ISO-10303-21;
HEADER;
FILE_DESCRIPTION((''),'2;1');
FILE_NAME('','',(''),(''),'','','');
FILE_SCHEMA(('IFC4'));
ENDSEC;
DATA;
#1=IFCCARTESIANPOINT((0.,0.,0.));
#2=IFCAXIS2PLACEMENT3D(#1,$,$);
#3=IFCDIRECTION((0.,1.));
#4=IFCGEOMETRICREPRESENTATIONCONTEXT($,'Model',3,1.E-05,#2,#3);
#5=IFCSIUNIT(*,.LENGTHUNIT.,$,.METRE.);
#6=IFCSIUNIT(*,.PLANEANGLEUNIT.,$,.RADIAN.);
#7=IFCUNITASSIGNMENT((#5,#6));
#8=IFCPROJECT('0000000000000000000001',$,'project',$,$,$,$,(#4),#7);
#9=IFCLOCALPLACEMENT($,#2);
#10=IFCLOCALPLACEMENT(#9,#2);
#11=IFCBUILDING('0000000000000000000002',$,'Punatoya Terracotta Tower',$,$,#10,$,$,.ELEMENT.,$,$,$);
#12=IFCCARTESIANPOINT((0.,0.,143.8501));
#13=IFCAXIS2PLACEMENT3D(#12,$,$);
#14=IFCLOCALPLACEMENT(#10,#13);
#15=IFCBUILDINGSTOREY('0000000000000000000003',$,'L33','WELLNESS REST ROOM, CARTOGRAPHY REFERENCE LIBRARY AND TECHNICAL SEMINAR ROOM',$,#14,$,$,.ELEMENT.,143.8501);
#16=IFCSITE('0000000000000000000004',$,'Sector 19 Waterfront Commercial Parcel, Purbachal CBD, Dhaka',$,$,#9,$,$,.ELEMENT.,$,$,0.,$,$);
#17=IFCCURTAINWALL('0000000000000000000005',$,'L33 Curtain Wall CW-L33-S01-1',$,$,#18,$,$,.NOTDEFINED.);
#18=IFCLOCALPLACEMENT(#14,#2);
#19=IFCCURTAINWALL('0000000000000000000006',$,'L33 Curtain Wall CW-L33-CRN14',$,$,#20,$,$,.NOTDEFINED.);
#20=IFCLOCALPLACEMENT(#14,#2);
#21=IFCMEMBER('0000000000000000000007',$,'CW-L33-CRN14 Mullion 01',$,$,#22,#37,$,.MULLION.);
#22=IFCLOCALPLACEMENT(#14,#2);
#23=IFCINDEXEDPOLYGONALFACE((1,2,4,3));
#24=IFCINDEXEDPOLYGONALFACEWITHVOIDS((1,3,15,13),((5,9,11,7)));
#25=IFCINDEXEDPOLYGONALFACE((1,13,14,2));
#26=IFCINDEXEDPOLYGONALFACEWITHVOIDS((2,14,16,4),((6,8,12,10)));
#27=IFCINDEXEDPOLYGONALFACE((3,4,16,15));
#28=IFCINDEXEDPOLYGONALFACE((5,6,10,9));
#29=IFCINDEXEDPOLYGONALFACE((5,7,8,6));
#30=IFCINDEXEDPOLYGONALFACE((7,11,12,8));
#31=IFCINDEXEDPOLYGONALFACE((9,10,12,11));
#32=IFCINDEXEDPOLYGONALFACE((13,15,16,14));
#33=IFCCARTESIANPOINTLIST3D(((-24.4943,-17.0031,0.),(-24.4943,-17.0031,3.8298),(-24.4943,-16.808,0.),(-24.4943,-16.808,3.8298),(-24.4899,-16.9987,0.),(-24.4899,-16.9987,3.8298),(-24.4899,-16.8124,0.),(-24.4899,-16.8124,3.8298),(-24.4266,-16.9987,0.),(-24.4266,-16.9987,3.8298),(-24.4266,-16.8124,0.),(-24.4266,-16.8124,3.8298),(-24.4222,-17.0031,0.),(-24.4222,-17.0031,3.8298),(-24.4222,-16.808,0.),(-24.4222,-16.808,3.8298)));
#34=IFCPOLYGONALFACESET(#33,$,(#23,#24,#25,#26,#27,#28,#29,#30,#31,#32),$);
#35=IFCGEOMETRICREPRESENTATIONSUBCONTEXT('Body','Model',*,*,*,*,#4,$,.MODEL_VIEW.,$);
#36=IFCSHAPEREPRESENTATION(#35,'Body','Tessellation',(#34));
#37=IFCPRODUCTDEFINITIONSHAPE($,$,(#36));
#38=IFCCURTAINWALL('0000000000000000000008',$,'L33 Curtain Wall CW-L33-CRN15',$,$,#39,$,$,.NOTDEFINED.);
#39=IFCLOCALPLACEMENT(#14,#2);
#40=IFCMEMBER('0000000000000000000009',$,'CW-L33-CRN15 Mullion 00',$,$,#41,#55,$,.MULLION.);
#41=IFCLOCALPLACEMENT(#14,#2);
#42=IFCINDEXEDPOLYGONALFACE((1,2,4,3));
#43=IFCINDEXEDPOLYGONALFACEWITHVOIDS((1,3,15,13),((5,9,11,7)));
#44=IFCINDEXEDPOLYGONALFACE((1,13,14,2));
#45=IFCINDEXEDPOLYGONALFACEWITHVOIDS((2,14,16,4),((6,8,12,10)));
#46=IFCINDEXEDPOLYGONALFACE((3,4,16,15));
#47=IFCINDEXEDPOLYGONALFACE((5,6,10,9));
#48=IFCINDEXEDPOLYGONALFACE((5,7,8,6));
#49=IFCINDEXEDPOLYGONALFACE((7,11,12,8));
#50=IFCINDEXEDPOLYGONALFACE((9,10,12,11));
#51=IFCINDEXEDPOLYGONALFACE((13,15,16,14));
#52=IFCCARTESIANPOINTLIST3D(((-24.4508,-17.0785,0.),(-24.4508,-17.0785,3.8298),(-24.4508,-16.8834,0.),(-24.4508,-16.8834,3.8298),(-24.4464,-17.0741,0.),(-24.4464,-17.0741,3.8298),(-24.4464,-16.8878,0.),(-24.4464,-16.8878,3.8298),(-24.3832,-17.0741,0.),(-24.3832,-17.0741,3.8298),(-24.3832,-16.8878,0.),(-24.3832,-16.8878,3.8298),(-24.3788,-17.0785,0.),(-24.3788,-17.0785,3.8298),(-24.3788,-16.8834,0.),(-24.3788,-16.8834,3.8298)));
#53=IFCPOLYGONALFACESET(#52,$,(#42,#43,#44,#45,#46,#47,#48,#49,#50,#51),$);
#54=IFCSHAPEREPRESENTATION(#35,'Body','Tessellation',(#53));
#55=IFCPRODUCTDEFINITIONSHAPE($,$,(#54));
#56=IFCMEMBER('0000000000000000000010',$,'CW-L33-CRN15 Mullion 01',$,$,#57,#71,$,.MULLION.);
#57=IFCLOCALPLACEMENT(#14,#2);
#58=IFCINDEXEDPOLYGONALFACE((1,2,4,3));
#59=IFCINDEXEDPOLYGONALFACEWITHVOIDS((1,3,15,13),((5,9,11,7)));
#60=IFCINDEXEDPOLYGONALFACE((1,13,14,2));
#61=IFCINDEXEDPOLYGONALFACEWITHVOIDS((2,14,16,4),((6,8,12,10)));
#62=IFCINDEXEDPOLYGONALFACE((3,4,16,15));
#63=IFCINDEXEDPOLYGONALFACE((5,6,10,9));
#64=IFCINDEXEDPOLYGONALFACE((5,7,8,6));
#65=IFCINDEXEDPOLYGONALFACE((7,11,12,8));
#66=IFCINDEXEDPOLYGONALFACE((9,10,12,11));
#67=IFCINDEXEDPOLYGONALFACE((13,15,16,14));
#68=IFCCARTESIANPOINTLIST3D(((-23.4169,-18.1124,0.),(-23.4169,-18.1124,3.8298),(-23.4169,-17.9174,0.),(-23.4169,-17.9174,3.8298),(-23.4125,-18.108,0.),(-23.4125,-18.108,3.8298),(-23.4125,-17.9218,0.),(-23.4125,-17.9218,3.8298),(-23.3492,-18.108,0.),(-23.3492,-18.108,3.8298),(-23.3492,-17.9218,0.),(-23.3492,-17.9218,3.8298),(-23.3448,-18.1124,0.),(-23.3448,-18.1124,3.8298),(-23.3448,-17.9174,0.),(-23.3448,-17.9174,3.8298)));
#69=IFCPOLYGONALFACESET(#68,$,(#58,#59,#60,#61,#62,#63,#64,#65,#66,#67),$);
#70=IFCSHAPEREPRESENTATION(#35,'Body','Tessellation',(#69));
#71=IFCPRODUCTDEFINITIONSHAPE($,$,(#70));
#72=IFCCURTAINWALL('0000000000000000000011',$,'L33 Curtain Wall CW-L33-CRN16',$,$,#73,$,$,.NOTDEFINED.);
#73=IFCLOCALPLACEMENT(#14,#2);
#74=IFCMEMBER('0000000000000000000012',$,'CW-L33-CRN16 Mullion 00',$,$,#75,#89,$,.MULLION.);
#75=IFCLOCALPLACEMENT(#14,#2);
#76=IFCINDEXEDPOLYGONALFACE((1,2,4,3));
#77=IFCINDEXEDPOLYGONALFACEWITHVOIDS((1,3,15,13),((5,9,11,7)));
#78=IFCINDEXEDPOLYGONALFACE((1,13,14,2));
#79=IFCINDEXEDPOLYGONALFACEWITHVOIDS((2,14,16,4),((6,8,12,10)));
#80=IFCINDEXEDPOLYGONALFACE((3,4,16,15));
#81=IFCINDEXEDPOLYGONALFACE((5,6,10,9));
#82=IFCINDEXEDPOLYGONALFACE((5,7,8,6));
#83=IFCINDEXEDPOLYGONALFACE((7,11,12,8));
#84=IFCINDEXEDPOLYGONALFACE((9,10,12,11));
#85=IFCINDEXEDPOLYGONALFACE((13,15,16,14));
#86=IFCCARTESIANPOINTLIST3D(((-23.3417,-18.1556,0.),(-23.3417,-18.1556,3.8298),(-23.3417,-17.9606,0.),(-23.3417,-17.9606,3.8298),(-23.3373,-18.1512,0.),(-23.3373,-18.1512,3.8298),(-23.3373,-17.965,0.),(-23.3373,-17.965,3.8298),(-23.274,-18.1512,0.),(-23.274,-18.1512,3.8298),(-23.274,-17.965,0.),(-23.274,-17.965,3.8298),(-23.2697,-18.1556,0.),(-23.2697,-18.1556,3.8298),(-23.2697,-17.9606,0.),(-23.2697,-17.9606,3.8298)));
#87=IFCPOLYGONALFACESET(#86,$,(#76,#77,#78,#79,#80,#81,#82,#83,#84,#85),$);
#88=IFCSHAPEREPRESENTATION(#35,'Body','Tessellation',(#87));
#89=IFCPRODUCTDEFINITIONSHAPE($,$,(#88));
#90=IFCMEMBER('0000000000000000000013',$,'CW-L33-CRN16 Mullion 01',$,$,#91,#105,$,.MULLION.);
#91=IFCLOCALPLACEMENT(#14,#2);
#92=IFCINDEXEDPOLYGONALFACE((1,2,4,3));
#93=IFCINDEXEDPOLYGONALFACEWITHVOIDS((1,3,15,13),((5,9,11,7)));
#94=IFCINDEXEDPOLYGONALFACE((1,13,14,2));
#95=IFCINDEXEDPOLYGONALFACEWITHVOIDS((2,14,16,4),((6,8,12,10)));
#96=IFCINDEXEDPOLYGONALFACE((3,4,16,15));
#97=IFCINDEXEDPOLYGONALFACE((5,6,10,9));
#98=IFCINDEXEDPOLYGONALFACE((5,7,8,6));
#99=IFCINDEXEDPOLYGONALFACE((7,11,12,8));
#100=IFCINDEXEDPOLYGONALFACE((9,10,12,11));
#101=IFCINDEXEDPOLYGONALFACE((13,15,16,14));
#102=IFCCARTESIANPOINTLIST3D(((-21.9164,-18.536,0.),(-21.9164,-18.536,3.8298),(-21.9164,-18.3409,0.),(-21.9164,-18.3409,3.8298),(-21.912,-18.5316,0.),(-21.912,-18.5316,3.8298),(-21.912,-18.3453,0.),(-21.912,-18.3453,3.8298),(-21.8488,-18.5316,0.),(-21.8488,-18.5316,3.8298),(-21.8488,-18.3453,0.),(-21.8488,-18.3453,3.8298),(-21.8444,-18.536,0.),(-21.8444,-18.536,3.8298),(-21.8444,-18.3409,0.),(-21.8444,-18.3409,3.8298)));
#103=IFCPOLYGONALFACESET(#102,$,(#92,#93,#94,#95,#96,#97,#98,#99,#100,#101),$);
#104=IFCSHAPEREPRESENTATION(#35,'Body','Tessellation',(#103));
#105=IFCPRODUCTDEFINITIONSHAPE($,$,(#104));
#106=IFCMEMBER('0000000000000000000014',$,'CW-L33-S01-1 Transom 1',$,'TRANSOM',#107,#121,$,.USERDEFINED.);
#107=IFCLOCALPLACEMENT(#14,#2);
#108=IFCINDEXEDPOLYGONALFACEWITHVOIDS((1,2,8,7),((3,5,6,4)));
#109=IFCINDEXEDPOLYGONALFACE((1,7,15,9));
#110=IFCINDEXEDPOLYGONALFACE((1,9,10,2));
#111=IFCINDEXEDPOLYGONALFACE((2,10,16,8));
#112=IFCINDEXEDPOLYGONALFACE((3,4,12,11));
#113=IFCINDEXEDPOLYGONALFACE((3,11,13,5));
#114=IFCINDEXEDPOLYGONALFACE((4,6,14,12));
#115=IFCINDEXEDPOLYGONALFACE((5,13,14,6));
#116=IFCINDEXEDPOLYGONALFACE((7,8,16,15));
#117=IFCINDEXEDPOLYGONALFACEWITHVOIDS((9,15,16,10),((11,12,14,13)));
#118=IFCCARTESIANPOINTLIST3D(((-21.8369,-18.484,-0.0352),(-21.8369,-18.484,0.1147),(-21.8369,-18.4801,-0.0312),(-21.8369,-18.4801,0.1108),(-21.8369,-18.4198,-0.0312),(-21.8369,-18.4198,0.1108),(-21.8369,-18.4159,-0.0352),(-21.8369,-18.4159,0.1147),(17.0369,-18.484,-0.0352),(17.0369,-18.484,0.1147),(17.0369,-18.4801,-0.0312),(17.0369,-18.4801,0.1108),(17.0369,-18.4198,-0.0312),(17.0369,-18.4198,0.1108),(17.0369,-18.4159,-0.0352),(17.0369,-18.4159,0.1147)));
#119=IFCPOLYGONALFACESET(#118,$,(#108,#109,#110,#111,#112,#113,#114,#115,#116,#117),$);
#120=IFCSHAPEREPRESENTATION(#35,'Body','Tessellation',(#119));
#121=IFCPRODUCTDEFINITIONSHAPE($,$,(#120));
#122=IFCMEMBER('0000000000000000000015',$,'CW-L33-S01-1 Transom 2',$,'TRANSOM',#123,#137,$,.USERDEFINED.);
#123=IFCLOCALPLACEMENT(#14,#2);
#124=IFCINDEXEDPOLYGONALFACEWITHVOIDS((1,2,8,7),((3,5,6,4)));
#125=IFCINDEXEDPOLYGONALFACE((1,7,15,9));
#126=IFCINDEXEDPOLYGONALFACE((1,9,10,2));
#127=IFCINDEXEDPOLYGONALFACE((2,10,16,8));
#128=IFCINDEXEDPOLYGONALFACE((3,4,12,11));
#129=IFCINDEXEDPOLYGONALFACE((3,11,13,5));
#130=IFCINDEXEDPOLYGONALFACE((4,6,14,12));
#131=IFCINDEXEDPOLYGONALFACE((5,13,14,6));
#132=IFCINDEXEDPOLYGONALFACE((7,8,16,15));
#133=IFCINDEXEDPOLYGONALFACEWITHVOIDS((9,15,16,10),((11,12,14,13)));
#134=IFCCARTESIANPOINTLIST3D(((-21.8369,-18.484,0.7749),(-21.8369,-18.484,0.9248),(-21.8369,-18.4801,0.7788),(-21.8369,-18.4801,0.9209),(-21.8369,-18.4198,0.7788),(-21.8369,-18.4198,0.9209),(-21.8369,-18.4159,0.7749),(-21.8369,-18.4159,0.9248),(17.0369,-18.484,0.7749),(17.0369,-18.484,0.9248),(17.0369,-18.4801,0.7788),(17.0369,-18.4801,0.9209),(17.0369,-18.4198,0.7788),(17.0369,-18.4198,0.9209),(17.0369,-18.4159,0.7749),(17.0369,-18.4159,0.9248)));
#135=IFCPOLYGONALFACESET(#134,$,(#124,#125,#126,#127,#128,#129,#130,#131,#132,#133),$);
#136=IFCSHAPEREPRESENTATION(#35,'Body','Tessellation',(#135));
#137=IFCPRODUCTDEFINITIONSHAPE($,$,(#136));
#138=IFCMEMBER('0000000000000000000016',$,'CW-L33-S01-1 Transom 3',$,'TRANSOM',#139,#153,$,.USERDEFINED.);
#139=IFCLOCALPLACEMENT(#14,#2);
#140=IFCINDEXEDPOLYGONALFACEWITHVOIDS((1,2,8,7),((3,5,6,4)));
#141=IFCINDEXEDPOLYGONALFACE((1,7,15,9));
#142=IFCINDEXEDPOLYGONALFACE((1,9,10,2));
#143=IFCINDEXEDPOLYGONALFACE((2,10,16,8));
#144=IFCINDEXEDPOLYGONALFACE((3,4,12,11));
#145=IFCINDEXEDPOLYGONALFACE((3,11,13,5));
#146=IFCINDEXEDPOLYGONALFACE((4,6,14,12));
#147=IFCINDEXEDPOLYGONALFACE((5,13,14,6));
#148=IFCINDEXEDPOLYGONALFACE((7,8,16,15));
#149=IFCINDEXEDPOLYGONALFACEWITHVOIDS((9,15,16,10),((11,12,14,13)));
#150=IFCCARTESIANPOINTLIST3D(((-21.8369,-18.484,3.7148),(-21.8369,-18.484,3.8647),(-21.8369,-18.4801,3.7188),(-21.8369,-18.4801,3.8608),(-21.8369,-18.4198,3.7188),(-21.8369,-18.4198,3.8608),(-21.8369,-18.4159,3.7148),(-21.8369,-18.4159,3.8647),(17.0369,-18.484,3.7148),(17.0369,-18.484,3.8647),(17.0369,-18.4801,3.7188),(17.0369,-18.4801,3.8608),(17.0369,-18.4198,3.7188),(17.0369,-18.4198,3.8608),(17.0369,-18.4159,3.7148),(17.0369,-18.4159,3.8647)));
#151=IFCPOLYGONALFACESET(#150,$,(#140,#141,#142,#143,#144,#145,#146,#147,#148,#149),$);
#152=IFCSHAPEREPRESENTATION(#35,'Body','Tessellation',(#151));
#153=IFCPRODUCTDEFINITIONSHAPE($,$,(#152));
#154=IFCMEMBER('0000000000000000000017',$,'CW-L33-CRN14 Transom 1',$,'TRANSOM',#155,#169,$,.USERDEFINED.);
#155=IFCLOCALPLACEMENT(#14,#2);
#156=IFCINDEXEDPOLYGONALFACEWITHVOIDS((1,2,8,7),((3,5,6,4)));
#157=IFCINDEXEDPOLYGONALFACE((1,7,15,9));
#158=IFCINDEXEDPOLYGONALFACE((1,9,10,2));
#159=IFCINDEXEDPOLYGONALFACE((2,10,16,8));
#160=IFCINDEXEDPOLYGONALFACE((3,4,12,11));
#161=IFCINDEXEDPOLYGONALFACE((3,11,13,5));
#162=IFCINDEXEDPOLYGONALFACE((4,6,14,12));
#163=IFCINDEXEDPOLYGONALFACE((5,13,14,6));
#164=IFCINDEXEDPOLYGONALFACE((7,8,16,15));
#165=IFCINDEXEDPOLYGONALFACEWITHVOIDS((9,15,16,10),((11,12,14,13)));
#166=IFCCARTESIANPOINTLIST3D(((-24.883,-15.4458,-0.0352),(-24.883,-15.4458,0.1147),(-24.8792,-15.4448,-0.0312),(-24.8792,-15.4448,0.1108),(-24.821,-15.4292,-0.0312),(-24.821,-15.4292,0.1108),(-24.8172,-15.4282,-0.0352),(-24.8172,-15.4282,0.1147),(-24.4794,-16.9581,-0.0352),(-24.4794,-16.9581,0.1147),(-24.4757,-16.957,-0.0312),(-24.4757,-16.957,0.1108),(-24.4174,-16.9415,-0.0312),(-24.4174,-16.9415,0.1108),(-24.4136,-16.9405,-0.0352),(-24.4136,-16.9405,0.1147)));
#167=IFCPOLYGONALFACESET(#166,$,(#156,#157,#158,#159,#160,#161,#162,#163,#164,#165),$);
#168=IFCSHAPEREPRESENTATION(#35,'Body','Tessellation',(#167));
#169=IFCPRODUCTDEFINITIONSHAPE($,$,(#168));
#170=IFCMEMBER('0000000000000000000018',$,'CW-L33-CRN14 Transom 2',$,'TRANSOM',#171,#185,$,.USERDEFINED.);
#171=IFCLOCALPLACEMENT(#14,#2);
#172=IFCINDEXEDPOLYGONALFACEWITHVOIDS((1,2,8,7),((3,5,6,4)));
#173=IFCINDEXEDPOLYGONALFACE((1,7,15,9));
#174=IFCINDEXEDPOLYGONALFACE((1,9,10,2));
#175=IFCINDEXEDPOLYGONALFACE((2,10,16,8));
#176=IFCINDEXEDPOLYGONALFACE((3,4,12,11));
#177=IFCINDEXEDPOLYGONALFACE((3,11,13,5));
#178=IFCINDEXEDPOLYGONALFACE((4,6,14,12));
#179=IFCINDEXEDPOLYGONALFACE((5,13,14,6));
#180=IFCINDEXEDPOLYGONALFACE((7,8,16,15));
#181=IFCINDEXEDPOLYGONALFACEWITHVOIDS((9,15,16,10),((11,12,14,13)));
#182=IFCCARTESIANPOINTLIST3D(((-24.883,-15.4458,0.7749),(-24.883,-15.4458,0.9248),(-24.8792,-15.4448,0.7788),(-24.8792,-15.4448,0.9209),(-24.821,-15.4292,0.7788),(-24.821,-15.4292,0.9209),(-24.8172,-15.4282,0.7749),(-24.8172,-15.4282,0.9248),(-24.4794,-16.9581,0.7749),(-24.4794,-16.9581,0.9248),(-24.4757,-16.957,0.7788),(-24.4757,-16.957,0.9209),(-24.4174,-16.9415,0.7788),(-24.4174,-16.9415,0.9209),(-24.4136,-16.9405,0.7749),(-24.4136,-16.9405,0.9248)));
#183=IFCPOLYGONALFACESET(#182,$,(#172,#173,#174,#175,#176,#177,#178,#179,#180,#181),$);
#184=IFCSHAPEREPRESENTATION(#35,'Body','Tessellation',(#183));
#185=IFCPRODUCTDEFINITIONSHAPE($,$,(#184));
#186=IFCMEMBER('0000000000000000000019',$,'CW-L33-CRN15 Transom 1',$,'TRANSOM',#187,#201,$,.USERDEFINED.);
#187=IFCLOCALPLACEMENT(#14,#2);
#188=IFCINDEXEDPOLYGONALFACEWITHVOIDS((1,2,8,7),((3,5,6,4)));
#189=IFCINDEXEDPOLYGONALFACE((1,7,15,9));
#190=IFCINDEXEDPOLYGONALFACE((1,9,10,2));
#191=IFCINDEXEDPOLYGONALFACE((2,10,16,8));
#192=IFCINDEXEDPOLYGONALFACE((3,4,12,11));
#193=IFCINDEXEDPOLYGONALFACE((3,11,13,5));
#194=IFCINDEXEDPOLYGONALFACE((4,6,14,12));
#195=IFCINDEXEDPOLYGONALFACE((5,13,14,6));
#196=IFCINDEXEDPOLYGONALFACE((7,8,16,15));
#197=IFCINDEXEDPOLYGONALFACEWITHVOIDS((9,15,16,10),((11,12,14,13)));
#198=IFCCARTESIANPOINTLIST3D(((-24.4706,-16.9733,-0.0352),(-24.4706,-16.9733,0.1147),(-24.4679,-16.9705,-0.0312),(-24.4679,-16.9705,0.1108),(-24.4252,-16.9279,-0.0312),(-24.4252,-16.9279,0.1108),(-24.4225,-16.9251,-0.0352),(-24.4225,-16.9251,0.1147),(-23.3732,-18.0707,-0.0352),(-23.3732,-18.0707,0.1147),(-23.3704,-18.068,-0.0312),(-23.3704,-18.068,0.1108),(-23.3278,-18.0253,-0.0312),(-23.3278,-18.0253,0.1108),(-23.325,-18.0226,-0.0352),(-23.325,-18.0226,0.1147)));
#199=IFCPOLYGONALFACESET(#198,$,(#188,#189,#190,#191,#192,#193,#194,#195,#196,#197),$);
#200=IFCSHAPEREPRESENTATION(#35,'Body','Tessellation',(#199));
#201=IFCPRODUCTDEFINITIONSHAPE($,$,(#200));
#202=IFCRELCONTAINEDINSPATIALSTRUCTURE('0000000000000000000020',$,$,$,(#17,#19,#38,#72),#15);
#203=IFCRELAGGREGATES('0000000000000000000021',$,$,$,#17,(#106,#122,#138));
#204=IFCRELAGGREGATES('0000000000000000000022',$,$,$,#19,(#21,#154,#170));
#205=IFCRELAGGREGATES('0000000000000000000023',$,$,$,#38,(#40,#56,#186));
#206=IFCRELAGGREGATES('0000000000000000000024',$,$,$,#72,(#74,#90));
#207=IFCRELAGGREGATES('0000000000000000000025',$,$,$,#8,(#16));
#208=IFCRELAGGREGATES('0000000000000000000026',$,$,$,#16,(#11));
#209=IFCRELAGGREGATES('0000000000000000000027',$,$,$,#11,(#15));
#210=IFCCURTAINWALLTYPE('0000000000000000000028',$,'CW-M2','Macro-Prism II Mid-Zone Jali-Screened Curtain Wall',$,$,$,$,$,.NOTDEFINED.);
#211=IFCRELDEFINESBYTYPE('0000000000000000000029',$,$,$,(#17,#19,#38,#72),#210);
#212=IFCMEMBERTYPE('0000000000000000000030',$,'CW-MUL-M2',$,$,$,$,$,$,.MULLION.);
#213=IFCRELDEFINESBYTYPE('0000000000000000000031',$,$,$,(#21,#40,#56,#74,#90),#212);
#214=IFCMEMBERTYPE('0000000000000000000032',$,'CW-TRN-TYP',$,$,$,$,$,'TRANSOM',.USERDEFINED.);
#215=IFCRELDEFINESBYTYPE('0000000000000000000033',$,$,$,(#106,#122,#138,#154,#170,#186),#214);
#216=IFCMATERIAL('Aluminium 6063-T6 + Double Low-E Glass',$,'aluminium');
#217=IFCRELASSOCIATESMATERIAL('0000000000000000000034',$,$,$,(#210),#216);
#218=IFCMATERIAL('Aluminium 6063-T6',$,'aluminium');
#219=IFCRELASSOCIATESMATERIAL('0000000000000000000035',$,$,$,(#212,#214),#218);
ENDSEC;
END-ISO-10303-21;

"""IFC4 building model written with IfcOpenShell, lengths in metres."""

from ifc_helpers import new_model, si_unit, direction, frame, origin, origin_2d, place, context, subcontext, project, spatial, hollow_rectangle, extrude, material, material_profile, profile_set, type_object, element, aggregate, save


model = new_model("IFC4")

# Units and contexts
model_context = context("Model", 3, precision=1e-05, world=origin(), true_north=direction((0.0, 1.0)))
body_context = subcontext(model_context, "Body", "Model", "MODEL_VIEW")
ifc_project = project(units=[si_unit("LENGTHUNIT", "METRE"), si_unit("PLANEANGLEUNIT", "RADIAN")], contexts=[model_context])

# Site, building, storey
site_placement = place(None, origin())
site = spatial("IfcSite", under=ifc_project, at=site_placement, Name="Sector 19 Waterfront Commercial Parcel, Purbachal CBD, Dhaka", CompositionType="ELEMENT", RefElevation=0.0)
building_placement = place(site_placement, origin())
building = spatial("IfcBuilding", under=site, at=building_placement, Name="Punatoya Terracotta Tower", CompositionType="ELEMENT")
storey_placement = place(building_placement, frame((0.0, 0.0, 143.8501)))
storey = spatial("IfcBuildingStorey", under=building, at=storey_placement, Name="L33", Description="WELLNESS REST ROOM, CARTOGRAPHY REFERENCE LIBRARY AND TECHNICAL SEMINAR ROOM", CompositionType="ELEMENT", Elevation=143.8501)

# Curtain wall
ifc_material_1 = material(Name="Aluminium 6063-T6 + Double Low-E Glass", Category="aluminium")
curtain_wall_type = type_object("IfcCurtainWallType", Name="CW-M2", Description="Macro-Prism II Mid-Zone Jali-Screened Curtain Wall", PredefinedType="NOTDEFINED", material=ifc_material_1)
curtain_wall_1_placement = place(storey_placement, origin())
curtain_wall_1 = element("IfcCurtainWall", 1, at=curtain_wall_1_placement, inside=storey, type_object=curtain_wall_type, Name="L33 Curtain Wall CW-L33-S01-1", PredefinedType="NOTDEFINED")
ifc_material_2 = material(Name="Aluminium 6063-T6", Category="aluminium")
ifc_material_profile_1 = material_profile(ifc_material_2, hollow_rectangle(XDim=0.072, YDim=0.1951, WallThickness=0.0044, at=origin_2d()))
ifc_profile_set_1 = profile_set([ifc_material_profile_1], Name="Aluminium 6063-T6")
member_type_1 = type_object("IfcMemberType", Name="CW-MUL-M2", PredefinedType="MULLION", material=ifc_profile_set_1)

# Curtain walls, members
curtain_wall_2_placement = place(storey_placement, origin())
curtain_wall_2 = element("IfcCurtainWall", 2, at=curtain_wall_2_placement, inside=storey, type_object=curtain_wall_type, Name="L33 Curtain Wall CW-L33-CRN14", PredefinedType="NOTDEFINED")
member_1_placement = place(storey_placement, frame((-24.4583, -16.9055, 0.0), z_axis=(0.0, 0.0, 1.0), x_axis=(1.0, 0.0, 0.0)))
member_1 = element("IfcMember", 3, at=member_1_placement, type_object=member_type_1, Name="CW-L33-CRN14 Mullion 01", PredefinedType="MULLION", context=body_context, shape_type="SweptSolid", body=[
    extrude(hollow_rectangle(XDim=0.072, YDim=0.1951, WallThickness=0.0044, at=origin_2d()), origin(), (0.0, 0.0, 1.0), 3.8298),
])
curtain_wall_3_placement = place(storey_placement, origin())
curtain_wall_3 = element("IfcCurtainWall", 4, at=curtain_wall_3_placement, inside=storey, type_object=curtain_wall_type, Name="L33 Curtain Wall CW-L33-CRN15", PredefinedType="NOTDEFINED")
member_2_placement = place(storey_placement, frame((-24.4148, -16.981, 0.0), z_axis=(0.0, 0.0, 1.0), x_axis=(1.0, 0.0, 0.0)))
member_2 = element("IfcMember", 5, at=member_2_placement, type_object=member_type_1, Name="CW-L33-CRN15 Mullion 00", PredefinedType="MULLION", context=body_context, shape_type="SweptSolid", body=[
    extrude(hollow_rectangle(XDim=0.072, YDim=0.1951, WallThickness=0.0044, at=origin_2d()), origin(), (0.0, 0.0, 1.0), 3.8298),
])
member_3_placement = place(storey_placement, frame((-23.3809, -18.0149, 0.0), z_axis=(0.0, 0.0, 1.0), x_axis=(1.0, 0.0, 0.0)))
member_3 = element("IfcMember", 6, at=member_3_placement, type_object=member_type_1, Name="CW-L33-CRN15 Mullion 01", PredefinedType="MULLION", context=body_context, shape_type="SweptSolid", body=[
    extrude(hollow_rectangle(XDim=0.072, YDim=0.1951, WallThickness=0.0044, at=origin_2d()), origin(), (0.0, 0.0, 1.0), 3.8298),
])
curtain_wall_4_placement = place(storey_placement, origin())
curtain_wall_4 = element("IfcCurtainWall", 7, at=curtain_wall_4_placement, inside=storey, type_object=curtain_wall_type, Name="L33 Curtain Wall CW-L33-CRN16", PredefinedType="NOTDEFINED")
member_4_placement = place(storey_placement, frame((-23.3057, -18.0581, 0.0), z_axis=(0.0, 0.0, 1.0), x_axis=(1.0, 0.0, 0.0)))
member_4 = element("IfcMember", 8, at=member_4_placement, type_object=member_type_1, Name="CW-L33-CRN16 Mullion 00", PredefinedType="MULLION", context=body_context, shape_type="SweptSolid", body=[
    extrude(hollow_rectangle(XDim=0.072, YDim=0.1951, WallThickness=0.0044, at=origin_2d()), origin(), (0.0, 0.0, 1.0), 3.8298),
])
member_5_placement = place(storey_placement, frame((-21.8804, -18.4385, 0.0), z_axis=(0.0, 0.0, 1.0), x_axis=(1.0, 0.0, 0.0)))
member_5 = element("IfcMember", 9, at=member_5_placement, type_object=member_type_1, Name="CW-L33-CRN16 Mullion 01", PredefinedType="MULLION", context=body_context, shape_type="SweptSolid", body=[
    extrude(hollow_rectangle(XDim=0.072, YDim=0.1951, WallThickness=0.0044, at=origin_2d()), origin(), (0.0, 0.0, 1.0), 3.8298),
])

# Members
ifc_material_profile_2 = material_profile(ifc_material_2, hollow_rectangle(XDim=0.0681, YDim=0.1499, WallThickness=0.0039, at=origin_2d()))
ifc_profile_set_2 = profile_set([ifc_material_profile_2], Name="Aluminium 6063-T6")
member_type_2 = type_object("IfcMemberType", Name="CW-TRN-TYP", ElementType="TRANSOM", PredefinedType="USERDEFINED", material=ifc_profile_set_2)
member_6_placement = place(storey_placement, frame((-21.8369, -18.45, 0.0398), z_axis=(1.0, 0.0, 0.0), x_axis=(0.0, 1.0, 0.0)))
member_6 = element("IfcMember", 10, at=member_6_placement, type_object=member_type_2, Name="CW-L33-S01-1 Transom 1", ObjectType="TRANSOM", PredefinedType="USERDEFINED", context=body_context, shape_type="SweptSolid", body=[
    extrude(hollow_rectangle(XDim=0.0681, YDim=0.1499, WallThickness=0.0039, at=origin_2d()), origin(), (0.0, 0.0, 1.0), 38.8738),
])
member_7_placement = place(storey_placement, frame((-21.8369, -18.45, 0.8499), z_axis=(1.0, 0.0, 0.0), x_axis=(0.0, 1.0, 0.0)))
member_7 = element("IfcMember", 11, at=member_7_placement, type_object=member_type_2, Name="CW-L33-S01-1 Transom 2", ObjectType="TRANSOM", PredefinedType="USERDEFINED", context=body_context, shape_type="SweptSolid", body=[
    extrude(hollow_rectangle(XDim=0.0681, YDim=0.1499, WallThickness=0.0039, at=origin_2d()), origin(), (0.0, 0.0, 1.0), 38.8738),
])
member_8_placement = place(storey_placement, frame((-21.8369, -18.45, 3.7898), z_axis=(1.0, 0.0, 0.0), x_axis=(0.0, 1.0, 0.0)))
member_8 = element("IfcMember", 12, at=member_8_placement, type_object=member_type_2, Name="CW-L33-S01-1 Transom 3", ObjectType="TRANSOM", PredefinedType="USERDEFINED", context=body_context, shape_type="SweptSolid", body=[
    extrude(hollow_rectangle(XDim=0.0681, YDim=0.1499, WallThickness=0.0039, at=origin_2d()), origin(), (0.0, 0.0, 1.0), 38.8738),
])
aggregate(curtain_wall_1, [member_6, member_7, member_8])
member_9_placement = place(storey_placement, frame((-24.8501, -15.437, 0.0398), z_axis=(0.257847, -0.966186, 0.0), x_axis=(0.966186, 0.257847, 0.0)))
member_9 = element("IfcMember", 13, at=member_9_placement, type_object=member_type_2, Name="CW-L33-CRN14 Transom 1", ObjectType="TRANSOM", PredefinedType="USERDEFINED", context=body_context, shape_type="SweptSolid", body=[
    extrude(hollow_rectangle(XDim=0.0681, YDim=0.1499, WallThickness=0.0039, at=origin_2d()), origin(), (0.0, 0.0, 1.0), 1.5652),
])
member_10_placement = place(storey_placement, frame((-24.8501, -15.437, 0.8499), z_axis=(0.257847, -0.966186, 0.0), x_axis=(0.966186, 0.257847, 0.0)))
member_10 = element("IfcMember", 14, at=member_10_placement, type_object=member_type_2, Name="CW-L33-CRN14 Transom 2", ObjectType="TRANSOM", PredefinedType="USERDEFINED", context=body_context, shape_type="SweptSolid", body=[
    extrude(hollow_rectangle(XDim=0.0681, YDim=0.1499, WallThickness=0.0039, at=origin_2d()), origin(), (0.0, 0.0, 1.0), 1.5652),
])
member_11_placement = place(storey_placement, frame((-24.4465, -16.9492, 0.0398), z_axis=(0.707107, -0.707107, 0.0), x_axis=(0.707107, 0.707107, 0.0)))
member_11 = element("IfcMember", 15, at=member_11_placement, type_object=member_type_2, Name="CW-L33-CRN15 Transom 1", ObjectType="TRANSOM", PredefinedType="USERDEFINED", context=body_context, shape_type="SweptSolid", body=[
    extrude(hollow_rectangle(XDim=0.0681, YDim=0.1499, WallThickness=0.0039, at=origin_2d()), origin(), (0.0, 0.0, 1.0), 1.552),
])

aggregate(curtain_wall_2, [member_1, member_9, member_10])
aggregate(curtain_wall_3, [member_2, member_3, member_11])
aggregate(curtain_wall_4, [member_4, member_5])

save(model, "model.ifc")
